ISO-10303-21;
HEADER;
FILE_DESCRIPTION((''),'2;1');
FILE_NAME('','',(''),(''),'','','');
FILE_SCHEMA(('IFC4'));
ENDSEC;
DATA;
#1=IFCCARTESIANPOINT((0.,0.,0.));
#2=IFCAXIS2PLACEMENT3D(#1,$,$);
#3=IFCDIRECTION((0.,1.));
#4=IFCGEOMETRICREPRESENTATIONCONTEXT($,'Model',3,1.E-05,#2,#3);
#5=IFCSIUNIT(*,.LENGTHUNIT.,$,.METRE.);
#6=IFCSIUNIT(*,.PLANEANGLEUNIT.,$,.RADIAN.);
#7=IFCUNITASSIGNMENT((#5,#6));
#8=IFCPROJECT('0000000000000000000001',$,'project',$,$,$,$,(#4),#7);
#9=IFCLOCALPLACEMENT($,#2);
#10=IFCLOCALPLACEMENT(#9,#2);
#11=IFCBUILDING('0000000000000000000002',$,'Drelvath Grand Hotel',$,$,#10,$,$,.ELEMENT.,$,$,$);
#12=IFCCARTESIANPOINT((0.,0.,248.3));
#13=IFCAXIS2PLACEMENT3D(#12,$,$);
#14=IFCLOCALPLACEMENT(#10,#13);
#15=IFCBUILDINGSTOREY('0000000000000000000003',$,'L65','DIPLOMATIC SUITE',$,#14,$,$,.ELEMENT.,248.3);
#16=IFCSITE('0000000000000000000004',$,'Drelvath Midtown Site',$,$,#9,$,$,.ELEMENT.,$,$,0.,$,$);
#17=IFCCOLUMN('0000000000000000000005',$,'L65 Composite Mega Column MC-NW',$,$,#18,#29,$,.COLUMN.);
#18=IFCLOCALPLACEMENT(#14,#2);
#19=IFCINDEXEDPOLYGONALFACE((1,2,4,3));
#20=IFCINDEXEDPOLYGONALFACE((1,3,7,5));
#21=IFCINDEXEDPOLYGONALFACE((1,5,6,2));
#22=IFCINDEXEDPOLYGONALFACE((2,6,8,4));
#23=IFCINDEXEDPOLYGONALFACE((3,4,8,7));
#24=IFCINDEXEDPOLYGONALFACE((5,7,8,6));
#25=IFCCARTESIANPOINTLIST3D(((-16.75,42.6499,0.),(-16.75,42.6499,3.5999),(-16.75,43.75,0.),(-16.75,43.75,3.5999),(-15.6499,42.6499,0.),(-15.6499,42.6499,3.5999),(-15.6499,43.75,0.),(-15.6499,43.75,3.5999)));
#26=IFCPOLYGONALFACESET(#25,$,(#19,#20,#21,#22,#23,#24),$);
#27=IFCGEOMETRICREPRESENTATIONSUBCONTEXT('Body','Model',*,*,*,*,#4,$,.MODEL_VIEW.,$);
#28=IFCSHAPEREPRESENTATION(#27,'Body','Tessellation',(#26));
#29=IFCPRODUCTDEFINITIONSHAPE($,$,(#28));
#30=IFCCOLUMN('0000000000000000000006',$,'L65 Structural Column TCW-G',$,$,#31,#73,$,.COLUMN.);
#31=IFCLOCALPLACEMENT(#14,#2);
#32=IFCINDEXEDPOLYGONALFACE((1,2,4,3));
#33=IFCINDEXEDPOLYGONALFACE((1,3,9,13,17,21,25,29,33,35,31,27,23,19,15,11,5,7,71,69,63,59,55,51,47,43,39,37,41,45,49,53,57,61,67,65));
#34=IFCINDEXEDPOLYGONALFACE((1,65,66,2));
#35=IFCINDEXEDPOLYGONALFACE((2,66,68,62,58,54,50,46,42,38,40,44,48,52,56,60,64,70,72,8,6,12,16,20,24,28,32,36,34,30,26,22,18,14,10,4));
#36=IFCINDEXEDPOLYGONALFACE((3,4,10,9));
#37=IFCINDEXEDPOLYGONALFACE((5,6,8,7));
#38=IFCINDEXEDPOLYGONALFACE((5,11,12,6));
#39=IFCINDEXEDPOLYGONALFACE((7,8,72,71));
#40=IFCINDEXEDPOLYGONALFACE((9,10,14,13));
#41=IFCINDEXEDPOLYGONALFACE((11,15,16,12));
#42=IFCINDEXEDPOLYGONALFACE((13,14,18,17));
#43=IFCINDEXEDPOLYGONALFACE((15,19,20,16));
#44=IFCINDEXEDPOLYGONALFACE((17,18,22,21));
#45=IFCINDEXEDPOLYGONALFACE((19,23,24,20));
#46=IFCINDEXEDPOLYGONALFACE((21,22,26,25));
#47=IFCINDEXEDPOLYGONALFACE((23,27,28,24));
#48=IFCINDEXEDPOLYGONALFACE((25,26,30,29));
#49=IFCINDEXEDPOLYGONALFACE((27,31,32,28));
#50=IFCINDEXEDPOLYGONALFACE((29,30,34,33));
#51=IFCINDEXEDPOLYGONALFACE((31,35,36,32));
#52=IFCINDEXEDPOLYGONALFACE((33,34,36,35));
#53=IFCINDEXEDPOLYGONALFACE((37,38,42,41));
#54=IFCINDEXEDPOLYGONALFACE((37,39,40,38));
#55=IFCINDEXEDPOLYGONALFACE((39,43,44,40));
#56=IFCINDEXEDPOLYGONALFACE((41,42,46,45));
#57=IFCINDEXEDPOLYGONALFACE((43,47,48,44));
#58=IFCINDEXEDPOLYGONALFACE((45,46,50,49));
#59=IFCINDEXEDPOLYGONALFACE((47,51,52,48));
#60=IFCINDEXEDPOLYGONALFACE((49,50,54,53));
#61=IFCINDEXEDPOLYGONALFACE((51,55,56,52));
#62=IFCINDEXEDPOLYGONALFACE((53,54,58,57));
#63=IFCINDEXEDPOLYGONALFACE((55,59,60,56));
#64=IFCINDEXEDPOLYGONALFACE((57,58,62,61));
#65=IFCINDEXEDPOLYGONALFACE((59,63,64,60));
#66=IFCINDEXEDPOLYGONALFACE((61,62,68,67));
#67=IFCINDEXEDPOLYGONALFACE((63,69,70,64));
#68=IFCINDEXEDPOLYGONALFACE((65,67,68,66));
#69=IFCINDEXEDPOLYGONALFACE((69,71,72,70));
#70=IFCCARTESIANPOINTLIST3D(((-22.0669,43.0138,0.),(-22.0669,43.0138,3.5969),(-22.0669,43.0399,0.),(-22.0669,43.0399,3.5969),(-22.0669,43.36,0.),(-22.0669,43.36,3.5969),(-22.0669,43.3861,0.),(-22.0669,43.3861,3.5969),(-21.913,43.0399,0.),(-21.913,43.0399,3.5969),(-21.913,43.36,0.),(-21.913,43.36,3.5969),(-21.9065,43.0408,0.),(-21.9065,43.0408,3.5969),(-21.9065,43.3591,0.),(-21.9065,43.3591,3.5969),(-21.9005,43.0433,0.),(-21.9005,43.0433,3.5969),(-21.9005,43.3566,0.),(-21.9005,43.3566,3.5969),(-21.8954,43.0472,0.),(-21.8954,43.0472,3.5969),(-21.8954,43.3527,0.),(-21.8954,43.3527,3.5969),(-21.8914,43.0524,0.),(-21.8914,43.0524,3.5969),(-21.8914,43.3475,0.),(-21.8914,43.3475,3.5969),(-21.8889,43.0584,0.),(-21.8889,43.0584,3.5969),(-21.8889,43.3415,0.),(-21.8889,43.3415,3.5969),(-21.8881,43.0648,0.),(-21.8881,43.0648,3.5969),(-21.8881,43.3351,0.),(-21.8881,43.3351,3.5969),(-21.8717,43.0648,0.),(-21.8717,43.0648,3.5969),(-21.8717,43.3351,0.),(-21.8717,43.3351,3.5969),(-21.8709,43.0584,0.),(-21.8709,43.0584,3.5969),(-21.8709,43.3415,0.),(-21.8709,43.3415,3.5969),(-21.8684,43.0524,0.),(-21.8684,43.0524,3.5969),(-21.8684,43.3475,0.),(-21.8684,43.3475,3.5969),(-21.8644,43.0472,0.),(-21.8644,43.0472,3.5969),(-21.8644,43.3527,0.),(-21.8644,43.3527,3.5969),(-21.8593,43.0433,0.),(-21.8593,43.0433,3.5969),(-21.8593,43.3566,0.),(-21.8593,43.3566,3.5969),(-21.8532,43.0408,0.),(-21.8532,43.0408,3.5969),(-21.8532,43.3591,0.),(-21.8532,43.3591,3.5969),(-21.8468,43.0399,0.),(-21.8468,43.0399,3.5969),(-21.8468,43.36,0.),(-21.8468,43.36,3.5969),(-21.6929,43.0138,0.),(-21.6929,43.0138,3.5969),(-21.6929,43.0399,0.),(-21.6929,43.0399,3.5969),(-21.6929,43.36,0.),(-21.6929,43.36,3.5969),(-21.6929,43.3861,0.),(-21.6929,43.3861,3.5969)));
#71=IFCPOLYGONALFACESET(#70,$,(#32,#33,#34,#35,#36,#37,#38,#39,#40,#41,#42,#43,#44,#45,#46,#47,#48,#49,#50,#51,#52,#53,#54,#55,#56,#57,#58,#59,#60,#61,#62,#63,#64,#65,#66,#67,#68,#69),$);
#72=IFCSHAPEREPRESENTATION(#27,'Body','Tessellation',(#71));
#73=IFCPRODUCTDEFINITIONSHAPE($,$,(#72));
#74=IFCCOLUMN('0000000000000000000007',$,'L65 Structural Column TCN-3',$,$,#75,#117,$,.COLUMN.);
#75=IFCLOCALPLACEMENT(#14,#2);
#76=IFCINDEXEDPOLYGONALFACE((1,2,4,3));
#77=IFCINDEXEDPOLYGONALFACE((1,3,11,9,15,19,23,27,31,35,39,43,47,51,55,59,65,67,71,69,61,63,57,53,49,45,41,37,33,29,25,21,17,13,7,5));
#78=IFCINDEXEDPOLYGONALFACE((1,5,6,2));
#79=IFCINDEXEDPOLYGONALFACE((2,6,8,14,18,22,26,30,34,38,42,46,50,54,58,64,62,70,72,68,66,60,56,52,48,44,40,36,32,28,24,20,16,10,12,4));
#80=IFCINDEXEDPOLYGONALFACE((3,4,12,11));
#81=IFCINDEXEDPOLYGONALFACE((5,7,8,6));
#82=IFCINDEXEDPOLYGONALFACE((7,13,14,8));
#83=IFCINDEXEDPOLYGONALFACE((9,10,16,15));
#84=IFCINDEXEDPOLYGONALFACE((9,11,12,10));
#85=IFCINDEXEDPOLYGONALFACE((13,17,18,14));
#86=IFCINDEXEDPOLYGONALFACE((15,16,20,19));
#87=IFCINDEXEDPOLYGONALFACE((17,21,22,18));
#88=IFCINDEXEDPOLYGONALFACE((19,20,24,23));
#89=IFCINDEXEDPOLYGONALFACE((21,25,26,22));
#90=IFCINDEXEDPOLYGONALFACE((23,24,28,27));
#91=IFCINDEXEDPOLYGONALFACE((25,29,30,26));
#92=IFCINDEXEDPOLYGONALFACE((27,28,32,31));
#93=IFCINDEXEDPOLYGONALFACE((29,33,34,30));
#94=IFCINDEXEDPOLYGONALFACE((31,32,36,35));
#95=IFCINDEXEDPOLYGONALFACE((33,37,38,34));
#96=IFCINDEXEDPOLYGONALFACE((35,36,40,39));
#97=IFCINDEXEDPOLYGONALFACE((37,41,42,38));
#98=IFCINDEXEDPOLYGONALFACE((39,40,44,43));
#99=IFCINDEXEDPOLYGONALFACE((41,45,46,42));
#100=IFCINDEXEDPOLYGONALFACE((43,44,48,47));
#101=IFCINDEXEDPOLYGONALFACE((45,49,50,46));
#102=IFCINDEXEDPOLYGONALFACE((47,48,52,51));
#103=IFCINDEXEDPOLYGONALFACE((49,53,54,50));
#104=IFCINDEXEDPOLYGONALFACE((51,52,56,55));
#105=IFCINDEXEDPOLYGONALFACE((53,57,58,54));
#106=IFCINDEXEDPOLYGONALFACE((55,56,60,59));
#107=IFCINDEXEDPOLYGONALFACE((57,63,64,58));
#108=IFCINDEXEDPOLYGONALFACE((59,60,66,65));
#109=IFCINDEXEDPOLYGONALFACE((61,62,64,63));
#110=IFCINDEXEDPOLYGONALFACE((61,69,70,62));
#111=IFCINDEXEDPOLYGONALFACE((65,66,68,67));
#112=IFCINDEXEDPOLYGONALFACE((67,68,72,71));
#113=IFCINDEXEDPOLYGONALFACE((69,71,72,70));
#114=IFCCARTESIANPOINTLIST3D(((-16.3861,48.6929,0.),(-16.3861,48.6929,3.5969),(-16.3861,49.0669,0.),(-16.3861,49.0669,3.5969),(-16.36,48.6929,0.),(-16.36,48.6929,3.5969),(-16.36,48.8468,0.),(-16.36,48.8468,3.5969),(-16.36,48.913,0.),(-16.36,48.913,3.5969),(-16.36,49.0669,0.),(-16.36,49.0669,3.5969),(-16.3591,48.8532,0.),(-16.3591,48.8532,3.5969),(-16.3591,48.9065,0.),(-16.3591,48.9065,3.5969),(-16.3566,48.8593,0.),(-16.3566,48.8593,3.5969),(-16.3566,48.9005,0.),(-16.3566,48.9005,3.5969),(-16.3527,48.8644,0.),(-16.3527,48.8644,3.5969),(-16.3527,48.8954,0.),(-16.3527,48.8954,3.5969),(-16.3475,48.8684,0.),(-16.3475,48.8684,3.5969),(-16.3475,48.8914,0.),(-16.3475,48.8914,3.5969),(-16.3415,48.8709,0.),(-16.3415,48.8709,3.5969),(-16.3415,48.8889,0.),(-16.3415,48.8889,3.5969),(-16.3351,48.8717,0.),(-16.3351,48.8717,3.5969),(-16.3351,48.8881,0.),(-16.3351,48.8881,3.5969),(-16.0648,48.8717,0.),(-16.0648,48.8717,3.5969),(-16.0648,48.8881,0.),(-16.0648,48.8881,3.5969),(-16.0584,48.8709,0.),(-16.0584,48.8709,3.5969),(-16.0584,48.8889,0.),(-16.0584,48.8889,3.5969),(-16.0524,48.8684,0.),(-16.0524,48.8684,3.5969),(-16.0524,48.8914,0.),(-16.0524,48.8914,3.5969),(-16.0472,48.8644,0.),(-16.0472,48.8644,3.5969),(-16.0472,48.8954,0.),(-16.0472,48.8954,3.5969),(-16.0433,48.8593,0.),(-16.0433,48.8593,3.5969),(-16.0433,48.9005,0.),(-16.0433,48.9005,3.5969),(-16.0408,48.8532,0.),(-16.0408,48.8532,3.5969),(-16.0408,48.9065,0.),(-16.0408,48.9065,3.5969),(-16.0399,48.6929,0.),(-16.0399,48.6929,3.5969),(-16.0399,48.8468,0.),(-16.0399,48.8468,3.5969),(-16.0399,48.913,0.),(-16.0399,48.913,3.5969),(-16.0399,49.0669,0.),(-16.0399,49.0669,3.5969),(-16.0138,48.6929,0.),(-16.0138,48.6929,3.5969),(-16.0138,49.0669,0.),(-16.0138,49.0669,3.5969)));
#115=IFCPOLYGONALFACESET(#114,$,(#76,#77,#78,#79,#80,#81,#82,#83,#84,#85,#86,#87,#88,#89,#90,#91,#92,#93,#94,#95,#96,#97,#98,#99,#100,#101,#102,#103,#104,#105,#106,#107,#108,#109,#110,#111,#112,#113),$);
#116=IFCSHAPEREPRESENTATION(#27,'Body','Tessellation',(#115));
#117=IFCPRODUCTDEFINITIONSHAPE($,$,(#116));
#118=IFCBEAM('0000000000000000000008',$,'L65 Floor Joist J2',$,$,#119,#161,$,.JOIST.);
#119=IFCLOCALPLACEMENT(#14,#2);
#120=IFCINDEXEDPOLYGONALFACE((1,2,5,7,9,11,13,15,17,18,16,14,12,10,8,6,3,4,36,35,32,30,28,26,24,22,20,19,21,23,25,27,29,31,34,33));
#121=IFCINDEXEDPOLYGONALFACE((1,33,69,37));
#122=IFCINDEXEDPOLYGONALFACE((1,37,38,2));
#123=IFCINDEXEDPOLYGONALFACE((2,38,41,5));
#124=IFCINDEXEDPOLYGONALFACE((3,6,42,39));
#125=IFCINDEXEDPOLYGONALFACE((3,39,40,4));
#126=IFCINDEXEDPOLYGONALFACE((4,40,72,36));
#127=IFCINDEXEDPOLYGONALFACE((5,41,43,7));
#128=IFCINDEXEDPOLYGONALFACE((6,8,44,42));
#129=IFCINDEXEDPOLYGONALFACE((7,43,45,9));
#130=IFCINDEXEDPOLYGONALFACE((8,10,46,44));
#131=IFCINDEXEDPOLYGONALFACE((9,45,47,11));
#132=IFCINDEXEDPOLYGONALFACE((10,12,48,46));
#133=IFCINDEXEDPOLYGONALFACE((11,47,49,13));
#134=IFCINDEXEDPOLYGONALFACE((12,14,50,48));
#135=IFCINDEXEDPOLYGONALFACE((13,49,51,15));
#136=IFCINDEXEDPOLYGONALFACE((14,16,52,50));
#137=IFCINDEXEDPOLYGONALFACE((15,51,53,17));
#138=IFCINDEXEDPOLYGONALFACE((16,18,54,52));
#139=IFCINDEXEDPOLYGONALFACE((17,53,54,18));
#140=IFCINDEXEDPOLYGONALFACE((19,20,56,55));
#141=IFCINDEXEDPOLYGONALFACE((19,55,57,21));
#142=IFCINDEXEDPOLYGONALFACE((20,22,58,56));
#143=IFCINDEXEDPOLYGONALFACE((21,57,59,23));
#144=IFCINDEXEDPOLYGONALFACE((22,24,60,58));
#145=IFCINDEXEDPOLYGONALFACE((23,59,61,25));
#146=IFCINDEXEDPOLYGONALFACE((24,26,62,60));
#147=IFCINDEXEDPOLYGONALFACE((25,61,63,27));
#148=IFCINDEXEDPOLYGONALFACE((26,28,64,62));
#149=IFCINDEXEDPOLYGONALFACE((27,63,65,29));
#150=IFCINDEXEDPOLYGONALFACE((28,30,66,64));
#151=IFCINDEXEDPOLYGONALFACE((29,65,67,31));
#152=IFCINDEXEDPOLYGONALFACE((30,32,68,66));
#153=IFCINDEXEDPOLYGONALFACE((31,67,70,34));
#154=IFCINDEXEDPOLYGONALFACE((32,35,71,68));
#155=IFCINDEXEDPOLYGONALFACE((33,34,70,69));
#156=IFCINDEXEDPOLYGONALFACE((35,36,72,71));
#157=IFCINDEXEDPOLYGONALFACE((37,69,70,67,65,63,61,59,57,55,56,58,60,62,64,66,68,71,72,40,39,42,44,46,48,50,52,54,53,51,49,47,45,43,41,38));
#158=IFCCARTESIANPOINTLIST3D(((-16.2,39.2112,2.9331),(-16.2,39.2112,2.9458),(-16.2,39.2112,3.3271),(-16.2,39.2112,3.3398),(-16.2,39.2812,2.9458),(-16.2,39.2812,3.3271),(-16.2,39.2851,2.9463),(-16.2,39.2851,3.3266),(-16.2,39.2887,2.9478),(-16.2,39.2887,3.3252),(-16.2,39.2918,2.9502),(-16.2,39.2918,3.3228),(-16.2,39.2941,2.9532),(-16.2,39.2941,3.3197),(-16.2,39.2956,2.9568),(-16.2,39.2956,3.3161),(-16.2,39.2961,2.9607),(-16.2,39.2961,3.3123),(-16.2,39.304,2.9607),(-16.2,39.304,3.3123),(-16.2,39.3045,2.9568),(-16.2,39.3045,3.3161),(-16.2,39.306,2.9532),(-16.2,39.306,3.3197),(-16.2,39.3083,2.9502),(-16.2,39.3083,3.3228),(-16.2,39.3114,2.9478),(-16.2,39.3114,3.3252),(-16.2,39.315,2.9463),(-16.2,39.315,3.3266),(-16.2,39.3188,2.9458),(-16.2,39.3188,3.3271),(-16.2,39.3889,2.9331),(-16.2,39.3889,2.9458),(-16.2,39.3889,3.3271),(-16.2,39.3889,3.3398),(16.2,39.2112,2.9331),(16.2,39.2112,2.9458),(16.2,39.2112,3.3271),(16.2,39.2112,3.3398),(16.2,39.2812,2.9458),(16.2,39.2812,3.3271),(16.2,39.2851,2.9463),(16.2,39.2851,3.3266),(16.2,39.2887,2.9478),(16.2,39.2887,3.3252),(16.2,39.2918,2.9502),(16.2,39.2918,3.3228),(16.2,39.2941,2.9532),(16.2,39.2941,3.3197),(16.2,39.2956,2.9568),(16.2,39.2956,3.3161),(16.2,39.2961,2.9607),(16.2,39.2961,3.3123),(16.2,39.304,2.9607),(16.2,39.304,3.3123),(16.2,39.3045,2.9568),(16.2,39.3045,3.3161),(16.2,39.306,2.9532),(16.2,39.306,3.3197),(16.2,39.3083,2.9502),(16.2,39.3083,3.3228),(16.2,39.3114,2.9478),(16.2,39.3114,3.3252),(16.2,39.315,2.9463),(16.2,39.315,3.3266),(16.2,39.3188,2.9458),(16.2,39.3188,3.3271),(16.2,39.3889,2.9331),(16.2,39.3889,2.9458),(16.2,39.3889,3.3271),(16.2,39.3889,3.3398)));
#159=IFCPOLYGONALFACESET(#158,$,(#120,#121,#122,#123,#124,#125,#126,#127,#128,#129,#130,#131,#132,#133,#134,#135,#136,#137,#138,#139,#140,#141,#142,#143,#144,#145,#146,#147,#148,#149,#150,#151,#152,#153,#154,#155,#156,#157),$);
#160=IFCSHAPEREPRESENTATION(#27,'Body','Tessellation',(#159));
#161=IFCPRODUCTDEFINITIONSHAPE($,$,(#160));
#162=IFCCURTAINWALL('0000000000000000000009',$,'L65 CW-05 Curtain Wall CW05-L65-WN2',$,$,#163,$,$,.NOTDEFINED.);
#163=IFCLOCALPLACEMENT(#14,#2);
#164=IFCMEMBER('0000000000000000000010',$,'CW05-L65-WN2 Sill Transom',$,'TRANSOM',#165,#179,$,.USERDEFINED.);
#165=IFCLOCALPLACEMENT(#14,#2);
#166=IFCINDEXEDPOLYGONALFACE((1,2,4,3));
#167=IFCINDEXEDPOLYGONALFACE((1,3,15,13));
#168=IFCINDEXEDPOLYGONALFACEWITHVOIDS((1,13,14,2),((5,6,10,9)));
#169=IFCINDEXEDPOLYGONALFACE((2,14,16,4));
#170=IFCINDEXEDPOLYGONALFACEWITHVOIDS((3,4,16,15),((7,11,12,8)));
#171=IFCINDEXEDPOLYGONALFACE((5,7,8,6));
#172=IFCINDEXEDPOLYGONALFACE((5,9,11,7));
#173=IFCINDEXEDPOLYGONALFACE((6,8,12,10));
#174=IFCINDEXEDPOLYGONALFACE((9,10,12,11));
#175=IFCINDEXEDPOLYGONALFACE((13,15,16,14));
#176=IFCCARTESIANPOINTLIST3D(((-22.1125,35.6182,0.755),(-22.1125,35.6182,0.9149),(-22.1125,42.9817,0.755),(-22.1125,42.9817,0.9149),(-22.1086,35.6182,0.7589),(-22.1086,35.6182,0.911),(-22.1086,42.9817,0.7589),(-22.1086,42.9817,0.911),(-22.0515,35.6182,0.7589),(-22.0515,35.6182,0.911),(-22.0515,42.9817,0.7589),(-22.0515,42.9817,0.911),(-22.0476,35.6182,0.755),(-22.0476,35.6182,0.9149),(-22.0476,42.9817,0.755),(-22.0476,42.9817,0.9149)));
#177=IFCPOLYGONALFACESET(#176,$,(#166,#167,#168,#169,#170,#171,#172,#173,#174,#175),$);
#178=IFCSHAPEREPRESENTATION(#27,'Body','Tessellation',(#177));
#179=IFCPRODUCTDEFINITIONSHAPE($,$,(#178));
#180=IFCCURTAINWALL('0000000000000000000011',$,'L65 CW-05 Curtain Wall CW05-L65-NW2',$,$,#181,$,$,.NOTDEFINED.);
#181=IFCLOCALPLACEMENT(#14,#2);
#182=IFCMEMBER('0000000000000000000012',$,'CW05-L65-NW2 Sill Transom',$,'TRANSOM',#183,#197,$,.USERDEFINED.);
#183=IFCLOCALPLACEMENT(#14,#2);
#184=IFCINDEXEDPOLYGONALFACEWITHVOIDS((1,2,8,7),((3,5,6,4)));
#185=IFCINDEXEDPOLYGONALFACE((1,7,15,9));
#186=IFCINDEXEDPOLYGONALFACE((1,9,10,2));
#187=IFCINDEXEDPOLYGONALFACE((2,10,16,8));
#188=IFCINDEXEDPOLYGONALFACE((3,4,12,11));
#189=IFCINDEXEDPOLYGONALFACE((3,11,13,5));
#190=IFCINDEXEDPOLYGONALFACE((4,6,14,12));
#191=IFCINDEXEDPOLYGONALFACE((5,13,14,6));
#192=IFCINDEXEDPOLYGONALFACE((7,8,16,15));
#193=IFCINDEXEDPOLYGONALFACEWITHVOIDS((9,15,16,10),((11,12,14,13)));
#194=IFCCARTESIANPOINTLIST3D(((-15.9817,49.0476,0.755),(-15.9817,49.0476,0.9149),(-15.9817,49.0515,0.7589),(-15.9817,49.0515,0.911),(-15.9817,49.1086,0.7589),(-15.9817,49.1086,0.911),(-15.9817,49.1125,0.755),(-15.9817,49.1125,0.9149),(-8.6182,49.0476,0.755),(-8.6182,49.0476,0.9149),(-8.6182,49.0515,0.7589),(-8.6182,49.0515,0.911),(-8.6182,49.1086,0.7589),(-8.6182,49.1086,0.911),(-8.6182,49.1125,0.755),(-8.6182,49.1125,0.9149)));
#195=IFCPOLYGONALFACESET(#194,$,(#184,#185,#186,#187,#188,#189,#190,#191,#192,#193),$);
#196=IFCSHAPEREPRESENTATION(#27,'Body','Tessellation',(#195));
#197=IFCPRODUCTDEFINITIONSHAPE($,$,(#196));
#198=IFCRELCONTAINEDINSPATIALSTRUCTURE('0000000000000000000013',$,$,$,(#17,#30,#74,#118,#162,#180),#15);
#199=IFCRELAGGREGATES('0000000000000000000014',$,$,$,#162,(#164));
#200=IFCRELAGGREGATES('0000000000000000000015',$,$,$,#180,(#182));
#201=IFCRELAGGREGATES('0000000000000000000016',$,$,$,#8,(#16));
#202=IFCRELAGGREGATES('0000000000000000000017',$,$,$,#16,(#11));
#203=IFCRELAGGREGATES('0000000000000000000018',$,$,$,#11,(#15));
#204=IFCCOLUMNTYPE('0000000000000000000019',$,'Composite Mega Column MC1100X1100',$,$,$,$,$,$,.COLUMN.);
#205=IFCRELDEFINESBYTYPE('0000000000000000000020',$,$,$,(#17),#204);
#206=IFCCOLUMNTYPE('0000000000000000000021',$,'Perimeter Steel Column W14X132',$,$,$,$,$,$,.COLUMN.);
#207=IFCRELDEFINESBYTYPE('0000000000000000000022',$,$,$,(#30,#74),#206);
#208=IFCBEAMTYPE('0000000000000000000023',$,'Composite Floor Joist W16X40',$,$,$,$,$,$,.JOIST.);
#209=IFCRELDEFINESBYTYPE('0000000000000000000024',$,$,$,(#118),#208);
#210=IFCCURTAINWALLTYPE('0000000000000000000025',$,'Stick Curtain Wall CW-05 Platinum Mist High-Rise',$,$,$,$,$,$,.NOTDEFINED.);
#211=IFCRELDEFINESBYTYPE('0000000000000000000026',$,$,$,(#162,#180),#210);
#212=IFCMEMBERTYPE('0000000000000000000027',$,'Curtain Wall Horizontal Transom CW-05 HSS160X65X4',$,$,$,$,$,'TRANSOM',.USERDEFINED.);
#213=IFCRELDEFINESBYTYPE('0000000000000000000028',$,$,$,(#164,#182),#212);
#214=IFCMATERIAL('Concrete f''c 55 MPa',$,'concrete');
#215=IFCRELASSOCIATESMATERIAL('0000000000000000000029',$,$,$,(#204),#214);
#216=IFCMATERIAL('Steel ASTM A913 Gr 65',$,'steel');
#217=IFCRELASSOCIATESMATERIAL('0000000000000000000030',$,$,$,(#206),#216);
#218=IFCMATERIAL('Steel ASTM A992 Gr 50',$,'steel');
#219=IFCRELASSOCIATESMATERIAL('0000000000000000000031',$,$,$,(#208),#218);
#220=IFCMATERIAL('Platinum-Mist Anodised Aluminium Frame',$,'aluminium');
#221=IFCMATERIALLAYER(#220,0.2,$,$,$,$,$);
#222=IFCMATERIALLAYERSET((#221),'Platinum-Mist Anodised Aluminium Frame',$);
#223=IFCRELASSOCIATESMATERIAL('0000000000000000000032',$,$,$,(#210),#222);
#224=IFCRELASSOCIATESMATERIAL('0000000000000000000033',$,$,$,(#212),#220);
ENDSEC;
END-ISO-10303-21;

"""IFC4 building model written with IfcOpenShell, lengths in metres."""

from ifc_helpers import new_model, si_unit, direction, frame, origin, origin_2d, place, context, subcontext, project, spatial, rectangle, hollow_rectangle, i_section, extrude, material, layer, layer_set, material_profile, profile_set, type_object, element, aggregate, save


model = new_model("IFC4")

# Units and contexts
model_context = context("Model", 3, precision=1e-05, world=origin(), true_north=direction((0.0, 1.0)))
body_context = subcontext(model_context, "Body", "Model", "MODEL_VIEW")
ifc_project = project(units=[si_unit("LENGTHUNIT", "METRE"), si_unit("PLANEANGLEUNIT", "RADIAN")], contexts=[model_context])

# Site, building, storey
site_placement = place(None, origin())
site = spatial("IfcSite", under=ifc_project, at=site_placement, Name="Drelvath Midtown Site", CompositionType="ELEMENT", RefElevation=0.0)
building_placement = place(site_placement, origin())
building = spatial("IfcBuilding", under=site, at=building_placement, Name="Drelvath Grand Hotel", CompositionType="ELEMENT")
storey_placement = place(building_placement, frame((0.0, 0.0, 248.3)))
storey = spatial("IfcBuildingStorey", under=building, at=storey_placement, Name="L65", Description="DIPLOMATIC SUITE", CompositionType="ELEMENT", Elevation=248.3)

# Columns
ifc_material_1 = material(Name="Concrete f'c 55 MPa", Category="concrete")
ifc_material_profile_1 = material_profile(ifc_material_1, rectangle(XDim=1.1001, YDim=1.1001, at=origin_2d()), Name="MC1100X1100")
ifc_profile_set_1 = profile_set([ifc_material_profile_1], Name="Concrete f'c 55 MPa")
column_type_1 = type_object("IfcColumnType", Name="Composite Mega Column MC1100X1100", PredefinedType="COLUMN", material=ifc_profile_set_1)
column_placement = place(storey_placement, frame((-16.2, 43.2, 0.0), z_axis=(0.0, 0.0, 1.0), x_axis=(1.0, 0.0, 0.0)))
element("IfcColumn", 1, at=column_placement, inside=storey, type_object=column_type_1, Name="L65 Composite Mega Column MC-NW", PredefinedType="COLUMN", context=body_context, shape_type="SweptSolid", body=[
    extrude(rectangle(XDim=1.1001, YDim=1.1001, at=origin_2d()), origin(), (0.0, 0.0, 1.0), 3.5999),
])
ifc_material_2 = material(Name="Steel ASTM A913 Gr 65", Category="steel")
ifc_material_profile_2 = material_profile(ifc_material_2, i_section(OverallWidth=0.374, OverallDepth=0.3723, WebThickness=0.0164, FlangeThickness=0.0261, FilletRadius=0.0249, at=origin_2d()), Name="W14X132")
ifc_profile_set_2 = profile_set([ifc_material_profile_2], Name="Steel ASTM A913 Gr 65")
column_type_2 = type_object("IfcColumnType", Name="Perimeter Steel Column W14X132", PredefinedType="COLUMN", material=ifc_profile_set_2)
for number, where, z_axis, x_axis, name in (
    (2, (-21.8799, 43.2, 0.0), (0.0, 0.0, 1.0), (1.0, 0.0, 0.0), "L65 Structural Column TCW-G"),
    (3, (-16.2, 48.8799, 0.0), (0.0, 0.0, 1.0), (0.0, 1.0, 0.0), "L65 Structural Column TCN-3"),
):
    element("IfcColumn", number, at=place(storey_placement, frame(where, z_axis=z_axis, x_axis=x_axis)), inside=storey, type_object=column_type_2, Name=name, PredefinedType="COLUMN", context=body_context, shape_type="SweptSolid", body=[
        extrude(i_section(OverallWidth=0.374, OverallDepth=0.3723, WebThickness=0.0164, FlangeThickness=0.0261, FilletRadius=0.0249, at=origin_2d()), origin(), (0.0, 0.0, 1.0), 3.5969),
    ])

# Beam
ifc_material_3 = material(Name="Steel ASTM A992 Gr 50", Category="steel")
ifc_material_profile_3 = material_profile(ifc_material_3, i_section(OverallWidth=0.1777, OverallDepth=0.4067, WebThickness=0.0078, FlangeThickness=0.0127, FilletRadius=0.0149, at=origin_2d()), Name="W16X40")
ifc_profile_set_3 = profile_set([ifc_material_profile_3], Name="Steel ASTM A992 Gr 50")
beam_type_1 = type_object("IfcBeamType", Name="Composite Floor Joist W16X40", PredefinedType="JOIST", material=ifc_profile_set_3)
beam_1_placement = place(storey_placement, frame((-16.2, 39.3, 3.1365), z_axis=(1.0, 0.0, 0.0), x_axis=(0.0, 1.0, 0.0)))
element("IfcBeam", 4, at=beam_1_placement, inside=storey, type_object=beam_type_1, Name="L65 Floor Joist J2", PredefinedType="JOIST", context=body_context, shape_type="SweptSolid", body=[
    extrude(i_section(OverallWidth=0.1777, OverallDepth=0.4067, WebThickness=0.0078, FlangeThickness=0.0127, FilletRadius=0.0149, at=origin_2d()), origin(), (0.0, 0.0, 1.0), 32.3999),
])

# Curtain walls, members
ifc_material_4 = material(Name="Platinum-Mist Anodised Aluminium Frame", Category="aluminium")
ifc_layer_1 = layer(ifc_material_4, 0.2)
ifc_layer_set_1 = layer_set([ifc_layer_1], Name="Platinum-Mist Anodised Aluminium Frame")
curtain_wall_type = type_object("IfcCurtainWallType", Name="Stick Curtain Wall CW-05 Platinum Mist High-Rise", PredefinedType="NOTDEFINED", material=ifc_layer_set_1)
curtain_wall_1_placement = place(storey_placement, origin())
curtain_wall_1 = element("IfcCurtainWall", 5, at=curtain_wall_1_placement, inside=storey, type_object=curtain_wall_type, Name="L65 CW-05 Curtain Wall CW05-L65-WN2", PredefinedType="NOTDEFINED")
ifc_material_profile_4 = material_profile(ifc_material_4, hollow_rectangle(XDim=0.0649, YDim=0.1599, WallThickness=0.0039, at=origin_2d()), Name="HSS160X65X4")
ifc_profile_set_4 = profile_set([ifc_material_profile_4], Name="Platinum-Mist Anodised Aluminium Frame")
member_type_1 = type_object("IfcMemberType", Name="Curtain Wall Horizontal Transom CW-05 HSS160X65X4", ElementType="TRANSOM", PredefinedType="USERDEFINED", material=ifc_profile_set_4)
member_1_placement = place(storey_placement, frame((-22.0801, 35.6182, 0.835), z_axis=(0.0, 1.0, 0.0), x_axis=(-1.0, 0.0, 0.0)))
member_1 = element("IfcMember", 6, at=member_1_placement, type_object=member_type_1, Name="CW05-L65-WN2 Sill Transom", ObjectType="TRANSOM", PredefinedType="USERDEFINED", context=body_context, shape_type="SweptSolid", body=[
    extrude(hollow_rectangle(XDim=0.0649, YDim=0.1599, WallThickness=0.0039, at=origin_2d()), origin(), (0.0, 0.0, 1.0), 7.3635),
])
curtain_wall_2_placement = place(storey_placement, origin())
curtain_wall_2 = element("IfcCurtainWall", 7, at=curtain_wall_2_placement, inside=storey, type_object=curtain_wall_type, Name="L65 CW-05 Curtain Wall CW05-L65-NW2", PredefinedType="NOTDEFINED")
member_2_placement = place(storey_placement, frame((-15.9817, 49.0801, 0.835), z_axis=(1.0, 0.0, 0.0), x_axis=(0.0, 1.0, 0.0)))
member_2 = element("IfcMember", 8, at=member_2_placement, type_object=member_type_1, Name="CW05-L65-NW2 Sill Transom", ObjectType="TRANSOM", PredefinedType="USERDEFINED", context=body_context, shape_type="SweptSolid", body=[
    extrude(hollow_rectangle(XDim=0.0649, YDim=0.1599, WallThickness=0.0039, at=origin_2d()), origin(), (0.0, 0.0, 1.0), 7.3635),
])

aggregate(curtain_wall_1, [member_1])
aggregate(curtain_wall_2, [member_2])

save(model, "model.ifc")
